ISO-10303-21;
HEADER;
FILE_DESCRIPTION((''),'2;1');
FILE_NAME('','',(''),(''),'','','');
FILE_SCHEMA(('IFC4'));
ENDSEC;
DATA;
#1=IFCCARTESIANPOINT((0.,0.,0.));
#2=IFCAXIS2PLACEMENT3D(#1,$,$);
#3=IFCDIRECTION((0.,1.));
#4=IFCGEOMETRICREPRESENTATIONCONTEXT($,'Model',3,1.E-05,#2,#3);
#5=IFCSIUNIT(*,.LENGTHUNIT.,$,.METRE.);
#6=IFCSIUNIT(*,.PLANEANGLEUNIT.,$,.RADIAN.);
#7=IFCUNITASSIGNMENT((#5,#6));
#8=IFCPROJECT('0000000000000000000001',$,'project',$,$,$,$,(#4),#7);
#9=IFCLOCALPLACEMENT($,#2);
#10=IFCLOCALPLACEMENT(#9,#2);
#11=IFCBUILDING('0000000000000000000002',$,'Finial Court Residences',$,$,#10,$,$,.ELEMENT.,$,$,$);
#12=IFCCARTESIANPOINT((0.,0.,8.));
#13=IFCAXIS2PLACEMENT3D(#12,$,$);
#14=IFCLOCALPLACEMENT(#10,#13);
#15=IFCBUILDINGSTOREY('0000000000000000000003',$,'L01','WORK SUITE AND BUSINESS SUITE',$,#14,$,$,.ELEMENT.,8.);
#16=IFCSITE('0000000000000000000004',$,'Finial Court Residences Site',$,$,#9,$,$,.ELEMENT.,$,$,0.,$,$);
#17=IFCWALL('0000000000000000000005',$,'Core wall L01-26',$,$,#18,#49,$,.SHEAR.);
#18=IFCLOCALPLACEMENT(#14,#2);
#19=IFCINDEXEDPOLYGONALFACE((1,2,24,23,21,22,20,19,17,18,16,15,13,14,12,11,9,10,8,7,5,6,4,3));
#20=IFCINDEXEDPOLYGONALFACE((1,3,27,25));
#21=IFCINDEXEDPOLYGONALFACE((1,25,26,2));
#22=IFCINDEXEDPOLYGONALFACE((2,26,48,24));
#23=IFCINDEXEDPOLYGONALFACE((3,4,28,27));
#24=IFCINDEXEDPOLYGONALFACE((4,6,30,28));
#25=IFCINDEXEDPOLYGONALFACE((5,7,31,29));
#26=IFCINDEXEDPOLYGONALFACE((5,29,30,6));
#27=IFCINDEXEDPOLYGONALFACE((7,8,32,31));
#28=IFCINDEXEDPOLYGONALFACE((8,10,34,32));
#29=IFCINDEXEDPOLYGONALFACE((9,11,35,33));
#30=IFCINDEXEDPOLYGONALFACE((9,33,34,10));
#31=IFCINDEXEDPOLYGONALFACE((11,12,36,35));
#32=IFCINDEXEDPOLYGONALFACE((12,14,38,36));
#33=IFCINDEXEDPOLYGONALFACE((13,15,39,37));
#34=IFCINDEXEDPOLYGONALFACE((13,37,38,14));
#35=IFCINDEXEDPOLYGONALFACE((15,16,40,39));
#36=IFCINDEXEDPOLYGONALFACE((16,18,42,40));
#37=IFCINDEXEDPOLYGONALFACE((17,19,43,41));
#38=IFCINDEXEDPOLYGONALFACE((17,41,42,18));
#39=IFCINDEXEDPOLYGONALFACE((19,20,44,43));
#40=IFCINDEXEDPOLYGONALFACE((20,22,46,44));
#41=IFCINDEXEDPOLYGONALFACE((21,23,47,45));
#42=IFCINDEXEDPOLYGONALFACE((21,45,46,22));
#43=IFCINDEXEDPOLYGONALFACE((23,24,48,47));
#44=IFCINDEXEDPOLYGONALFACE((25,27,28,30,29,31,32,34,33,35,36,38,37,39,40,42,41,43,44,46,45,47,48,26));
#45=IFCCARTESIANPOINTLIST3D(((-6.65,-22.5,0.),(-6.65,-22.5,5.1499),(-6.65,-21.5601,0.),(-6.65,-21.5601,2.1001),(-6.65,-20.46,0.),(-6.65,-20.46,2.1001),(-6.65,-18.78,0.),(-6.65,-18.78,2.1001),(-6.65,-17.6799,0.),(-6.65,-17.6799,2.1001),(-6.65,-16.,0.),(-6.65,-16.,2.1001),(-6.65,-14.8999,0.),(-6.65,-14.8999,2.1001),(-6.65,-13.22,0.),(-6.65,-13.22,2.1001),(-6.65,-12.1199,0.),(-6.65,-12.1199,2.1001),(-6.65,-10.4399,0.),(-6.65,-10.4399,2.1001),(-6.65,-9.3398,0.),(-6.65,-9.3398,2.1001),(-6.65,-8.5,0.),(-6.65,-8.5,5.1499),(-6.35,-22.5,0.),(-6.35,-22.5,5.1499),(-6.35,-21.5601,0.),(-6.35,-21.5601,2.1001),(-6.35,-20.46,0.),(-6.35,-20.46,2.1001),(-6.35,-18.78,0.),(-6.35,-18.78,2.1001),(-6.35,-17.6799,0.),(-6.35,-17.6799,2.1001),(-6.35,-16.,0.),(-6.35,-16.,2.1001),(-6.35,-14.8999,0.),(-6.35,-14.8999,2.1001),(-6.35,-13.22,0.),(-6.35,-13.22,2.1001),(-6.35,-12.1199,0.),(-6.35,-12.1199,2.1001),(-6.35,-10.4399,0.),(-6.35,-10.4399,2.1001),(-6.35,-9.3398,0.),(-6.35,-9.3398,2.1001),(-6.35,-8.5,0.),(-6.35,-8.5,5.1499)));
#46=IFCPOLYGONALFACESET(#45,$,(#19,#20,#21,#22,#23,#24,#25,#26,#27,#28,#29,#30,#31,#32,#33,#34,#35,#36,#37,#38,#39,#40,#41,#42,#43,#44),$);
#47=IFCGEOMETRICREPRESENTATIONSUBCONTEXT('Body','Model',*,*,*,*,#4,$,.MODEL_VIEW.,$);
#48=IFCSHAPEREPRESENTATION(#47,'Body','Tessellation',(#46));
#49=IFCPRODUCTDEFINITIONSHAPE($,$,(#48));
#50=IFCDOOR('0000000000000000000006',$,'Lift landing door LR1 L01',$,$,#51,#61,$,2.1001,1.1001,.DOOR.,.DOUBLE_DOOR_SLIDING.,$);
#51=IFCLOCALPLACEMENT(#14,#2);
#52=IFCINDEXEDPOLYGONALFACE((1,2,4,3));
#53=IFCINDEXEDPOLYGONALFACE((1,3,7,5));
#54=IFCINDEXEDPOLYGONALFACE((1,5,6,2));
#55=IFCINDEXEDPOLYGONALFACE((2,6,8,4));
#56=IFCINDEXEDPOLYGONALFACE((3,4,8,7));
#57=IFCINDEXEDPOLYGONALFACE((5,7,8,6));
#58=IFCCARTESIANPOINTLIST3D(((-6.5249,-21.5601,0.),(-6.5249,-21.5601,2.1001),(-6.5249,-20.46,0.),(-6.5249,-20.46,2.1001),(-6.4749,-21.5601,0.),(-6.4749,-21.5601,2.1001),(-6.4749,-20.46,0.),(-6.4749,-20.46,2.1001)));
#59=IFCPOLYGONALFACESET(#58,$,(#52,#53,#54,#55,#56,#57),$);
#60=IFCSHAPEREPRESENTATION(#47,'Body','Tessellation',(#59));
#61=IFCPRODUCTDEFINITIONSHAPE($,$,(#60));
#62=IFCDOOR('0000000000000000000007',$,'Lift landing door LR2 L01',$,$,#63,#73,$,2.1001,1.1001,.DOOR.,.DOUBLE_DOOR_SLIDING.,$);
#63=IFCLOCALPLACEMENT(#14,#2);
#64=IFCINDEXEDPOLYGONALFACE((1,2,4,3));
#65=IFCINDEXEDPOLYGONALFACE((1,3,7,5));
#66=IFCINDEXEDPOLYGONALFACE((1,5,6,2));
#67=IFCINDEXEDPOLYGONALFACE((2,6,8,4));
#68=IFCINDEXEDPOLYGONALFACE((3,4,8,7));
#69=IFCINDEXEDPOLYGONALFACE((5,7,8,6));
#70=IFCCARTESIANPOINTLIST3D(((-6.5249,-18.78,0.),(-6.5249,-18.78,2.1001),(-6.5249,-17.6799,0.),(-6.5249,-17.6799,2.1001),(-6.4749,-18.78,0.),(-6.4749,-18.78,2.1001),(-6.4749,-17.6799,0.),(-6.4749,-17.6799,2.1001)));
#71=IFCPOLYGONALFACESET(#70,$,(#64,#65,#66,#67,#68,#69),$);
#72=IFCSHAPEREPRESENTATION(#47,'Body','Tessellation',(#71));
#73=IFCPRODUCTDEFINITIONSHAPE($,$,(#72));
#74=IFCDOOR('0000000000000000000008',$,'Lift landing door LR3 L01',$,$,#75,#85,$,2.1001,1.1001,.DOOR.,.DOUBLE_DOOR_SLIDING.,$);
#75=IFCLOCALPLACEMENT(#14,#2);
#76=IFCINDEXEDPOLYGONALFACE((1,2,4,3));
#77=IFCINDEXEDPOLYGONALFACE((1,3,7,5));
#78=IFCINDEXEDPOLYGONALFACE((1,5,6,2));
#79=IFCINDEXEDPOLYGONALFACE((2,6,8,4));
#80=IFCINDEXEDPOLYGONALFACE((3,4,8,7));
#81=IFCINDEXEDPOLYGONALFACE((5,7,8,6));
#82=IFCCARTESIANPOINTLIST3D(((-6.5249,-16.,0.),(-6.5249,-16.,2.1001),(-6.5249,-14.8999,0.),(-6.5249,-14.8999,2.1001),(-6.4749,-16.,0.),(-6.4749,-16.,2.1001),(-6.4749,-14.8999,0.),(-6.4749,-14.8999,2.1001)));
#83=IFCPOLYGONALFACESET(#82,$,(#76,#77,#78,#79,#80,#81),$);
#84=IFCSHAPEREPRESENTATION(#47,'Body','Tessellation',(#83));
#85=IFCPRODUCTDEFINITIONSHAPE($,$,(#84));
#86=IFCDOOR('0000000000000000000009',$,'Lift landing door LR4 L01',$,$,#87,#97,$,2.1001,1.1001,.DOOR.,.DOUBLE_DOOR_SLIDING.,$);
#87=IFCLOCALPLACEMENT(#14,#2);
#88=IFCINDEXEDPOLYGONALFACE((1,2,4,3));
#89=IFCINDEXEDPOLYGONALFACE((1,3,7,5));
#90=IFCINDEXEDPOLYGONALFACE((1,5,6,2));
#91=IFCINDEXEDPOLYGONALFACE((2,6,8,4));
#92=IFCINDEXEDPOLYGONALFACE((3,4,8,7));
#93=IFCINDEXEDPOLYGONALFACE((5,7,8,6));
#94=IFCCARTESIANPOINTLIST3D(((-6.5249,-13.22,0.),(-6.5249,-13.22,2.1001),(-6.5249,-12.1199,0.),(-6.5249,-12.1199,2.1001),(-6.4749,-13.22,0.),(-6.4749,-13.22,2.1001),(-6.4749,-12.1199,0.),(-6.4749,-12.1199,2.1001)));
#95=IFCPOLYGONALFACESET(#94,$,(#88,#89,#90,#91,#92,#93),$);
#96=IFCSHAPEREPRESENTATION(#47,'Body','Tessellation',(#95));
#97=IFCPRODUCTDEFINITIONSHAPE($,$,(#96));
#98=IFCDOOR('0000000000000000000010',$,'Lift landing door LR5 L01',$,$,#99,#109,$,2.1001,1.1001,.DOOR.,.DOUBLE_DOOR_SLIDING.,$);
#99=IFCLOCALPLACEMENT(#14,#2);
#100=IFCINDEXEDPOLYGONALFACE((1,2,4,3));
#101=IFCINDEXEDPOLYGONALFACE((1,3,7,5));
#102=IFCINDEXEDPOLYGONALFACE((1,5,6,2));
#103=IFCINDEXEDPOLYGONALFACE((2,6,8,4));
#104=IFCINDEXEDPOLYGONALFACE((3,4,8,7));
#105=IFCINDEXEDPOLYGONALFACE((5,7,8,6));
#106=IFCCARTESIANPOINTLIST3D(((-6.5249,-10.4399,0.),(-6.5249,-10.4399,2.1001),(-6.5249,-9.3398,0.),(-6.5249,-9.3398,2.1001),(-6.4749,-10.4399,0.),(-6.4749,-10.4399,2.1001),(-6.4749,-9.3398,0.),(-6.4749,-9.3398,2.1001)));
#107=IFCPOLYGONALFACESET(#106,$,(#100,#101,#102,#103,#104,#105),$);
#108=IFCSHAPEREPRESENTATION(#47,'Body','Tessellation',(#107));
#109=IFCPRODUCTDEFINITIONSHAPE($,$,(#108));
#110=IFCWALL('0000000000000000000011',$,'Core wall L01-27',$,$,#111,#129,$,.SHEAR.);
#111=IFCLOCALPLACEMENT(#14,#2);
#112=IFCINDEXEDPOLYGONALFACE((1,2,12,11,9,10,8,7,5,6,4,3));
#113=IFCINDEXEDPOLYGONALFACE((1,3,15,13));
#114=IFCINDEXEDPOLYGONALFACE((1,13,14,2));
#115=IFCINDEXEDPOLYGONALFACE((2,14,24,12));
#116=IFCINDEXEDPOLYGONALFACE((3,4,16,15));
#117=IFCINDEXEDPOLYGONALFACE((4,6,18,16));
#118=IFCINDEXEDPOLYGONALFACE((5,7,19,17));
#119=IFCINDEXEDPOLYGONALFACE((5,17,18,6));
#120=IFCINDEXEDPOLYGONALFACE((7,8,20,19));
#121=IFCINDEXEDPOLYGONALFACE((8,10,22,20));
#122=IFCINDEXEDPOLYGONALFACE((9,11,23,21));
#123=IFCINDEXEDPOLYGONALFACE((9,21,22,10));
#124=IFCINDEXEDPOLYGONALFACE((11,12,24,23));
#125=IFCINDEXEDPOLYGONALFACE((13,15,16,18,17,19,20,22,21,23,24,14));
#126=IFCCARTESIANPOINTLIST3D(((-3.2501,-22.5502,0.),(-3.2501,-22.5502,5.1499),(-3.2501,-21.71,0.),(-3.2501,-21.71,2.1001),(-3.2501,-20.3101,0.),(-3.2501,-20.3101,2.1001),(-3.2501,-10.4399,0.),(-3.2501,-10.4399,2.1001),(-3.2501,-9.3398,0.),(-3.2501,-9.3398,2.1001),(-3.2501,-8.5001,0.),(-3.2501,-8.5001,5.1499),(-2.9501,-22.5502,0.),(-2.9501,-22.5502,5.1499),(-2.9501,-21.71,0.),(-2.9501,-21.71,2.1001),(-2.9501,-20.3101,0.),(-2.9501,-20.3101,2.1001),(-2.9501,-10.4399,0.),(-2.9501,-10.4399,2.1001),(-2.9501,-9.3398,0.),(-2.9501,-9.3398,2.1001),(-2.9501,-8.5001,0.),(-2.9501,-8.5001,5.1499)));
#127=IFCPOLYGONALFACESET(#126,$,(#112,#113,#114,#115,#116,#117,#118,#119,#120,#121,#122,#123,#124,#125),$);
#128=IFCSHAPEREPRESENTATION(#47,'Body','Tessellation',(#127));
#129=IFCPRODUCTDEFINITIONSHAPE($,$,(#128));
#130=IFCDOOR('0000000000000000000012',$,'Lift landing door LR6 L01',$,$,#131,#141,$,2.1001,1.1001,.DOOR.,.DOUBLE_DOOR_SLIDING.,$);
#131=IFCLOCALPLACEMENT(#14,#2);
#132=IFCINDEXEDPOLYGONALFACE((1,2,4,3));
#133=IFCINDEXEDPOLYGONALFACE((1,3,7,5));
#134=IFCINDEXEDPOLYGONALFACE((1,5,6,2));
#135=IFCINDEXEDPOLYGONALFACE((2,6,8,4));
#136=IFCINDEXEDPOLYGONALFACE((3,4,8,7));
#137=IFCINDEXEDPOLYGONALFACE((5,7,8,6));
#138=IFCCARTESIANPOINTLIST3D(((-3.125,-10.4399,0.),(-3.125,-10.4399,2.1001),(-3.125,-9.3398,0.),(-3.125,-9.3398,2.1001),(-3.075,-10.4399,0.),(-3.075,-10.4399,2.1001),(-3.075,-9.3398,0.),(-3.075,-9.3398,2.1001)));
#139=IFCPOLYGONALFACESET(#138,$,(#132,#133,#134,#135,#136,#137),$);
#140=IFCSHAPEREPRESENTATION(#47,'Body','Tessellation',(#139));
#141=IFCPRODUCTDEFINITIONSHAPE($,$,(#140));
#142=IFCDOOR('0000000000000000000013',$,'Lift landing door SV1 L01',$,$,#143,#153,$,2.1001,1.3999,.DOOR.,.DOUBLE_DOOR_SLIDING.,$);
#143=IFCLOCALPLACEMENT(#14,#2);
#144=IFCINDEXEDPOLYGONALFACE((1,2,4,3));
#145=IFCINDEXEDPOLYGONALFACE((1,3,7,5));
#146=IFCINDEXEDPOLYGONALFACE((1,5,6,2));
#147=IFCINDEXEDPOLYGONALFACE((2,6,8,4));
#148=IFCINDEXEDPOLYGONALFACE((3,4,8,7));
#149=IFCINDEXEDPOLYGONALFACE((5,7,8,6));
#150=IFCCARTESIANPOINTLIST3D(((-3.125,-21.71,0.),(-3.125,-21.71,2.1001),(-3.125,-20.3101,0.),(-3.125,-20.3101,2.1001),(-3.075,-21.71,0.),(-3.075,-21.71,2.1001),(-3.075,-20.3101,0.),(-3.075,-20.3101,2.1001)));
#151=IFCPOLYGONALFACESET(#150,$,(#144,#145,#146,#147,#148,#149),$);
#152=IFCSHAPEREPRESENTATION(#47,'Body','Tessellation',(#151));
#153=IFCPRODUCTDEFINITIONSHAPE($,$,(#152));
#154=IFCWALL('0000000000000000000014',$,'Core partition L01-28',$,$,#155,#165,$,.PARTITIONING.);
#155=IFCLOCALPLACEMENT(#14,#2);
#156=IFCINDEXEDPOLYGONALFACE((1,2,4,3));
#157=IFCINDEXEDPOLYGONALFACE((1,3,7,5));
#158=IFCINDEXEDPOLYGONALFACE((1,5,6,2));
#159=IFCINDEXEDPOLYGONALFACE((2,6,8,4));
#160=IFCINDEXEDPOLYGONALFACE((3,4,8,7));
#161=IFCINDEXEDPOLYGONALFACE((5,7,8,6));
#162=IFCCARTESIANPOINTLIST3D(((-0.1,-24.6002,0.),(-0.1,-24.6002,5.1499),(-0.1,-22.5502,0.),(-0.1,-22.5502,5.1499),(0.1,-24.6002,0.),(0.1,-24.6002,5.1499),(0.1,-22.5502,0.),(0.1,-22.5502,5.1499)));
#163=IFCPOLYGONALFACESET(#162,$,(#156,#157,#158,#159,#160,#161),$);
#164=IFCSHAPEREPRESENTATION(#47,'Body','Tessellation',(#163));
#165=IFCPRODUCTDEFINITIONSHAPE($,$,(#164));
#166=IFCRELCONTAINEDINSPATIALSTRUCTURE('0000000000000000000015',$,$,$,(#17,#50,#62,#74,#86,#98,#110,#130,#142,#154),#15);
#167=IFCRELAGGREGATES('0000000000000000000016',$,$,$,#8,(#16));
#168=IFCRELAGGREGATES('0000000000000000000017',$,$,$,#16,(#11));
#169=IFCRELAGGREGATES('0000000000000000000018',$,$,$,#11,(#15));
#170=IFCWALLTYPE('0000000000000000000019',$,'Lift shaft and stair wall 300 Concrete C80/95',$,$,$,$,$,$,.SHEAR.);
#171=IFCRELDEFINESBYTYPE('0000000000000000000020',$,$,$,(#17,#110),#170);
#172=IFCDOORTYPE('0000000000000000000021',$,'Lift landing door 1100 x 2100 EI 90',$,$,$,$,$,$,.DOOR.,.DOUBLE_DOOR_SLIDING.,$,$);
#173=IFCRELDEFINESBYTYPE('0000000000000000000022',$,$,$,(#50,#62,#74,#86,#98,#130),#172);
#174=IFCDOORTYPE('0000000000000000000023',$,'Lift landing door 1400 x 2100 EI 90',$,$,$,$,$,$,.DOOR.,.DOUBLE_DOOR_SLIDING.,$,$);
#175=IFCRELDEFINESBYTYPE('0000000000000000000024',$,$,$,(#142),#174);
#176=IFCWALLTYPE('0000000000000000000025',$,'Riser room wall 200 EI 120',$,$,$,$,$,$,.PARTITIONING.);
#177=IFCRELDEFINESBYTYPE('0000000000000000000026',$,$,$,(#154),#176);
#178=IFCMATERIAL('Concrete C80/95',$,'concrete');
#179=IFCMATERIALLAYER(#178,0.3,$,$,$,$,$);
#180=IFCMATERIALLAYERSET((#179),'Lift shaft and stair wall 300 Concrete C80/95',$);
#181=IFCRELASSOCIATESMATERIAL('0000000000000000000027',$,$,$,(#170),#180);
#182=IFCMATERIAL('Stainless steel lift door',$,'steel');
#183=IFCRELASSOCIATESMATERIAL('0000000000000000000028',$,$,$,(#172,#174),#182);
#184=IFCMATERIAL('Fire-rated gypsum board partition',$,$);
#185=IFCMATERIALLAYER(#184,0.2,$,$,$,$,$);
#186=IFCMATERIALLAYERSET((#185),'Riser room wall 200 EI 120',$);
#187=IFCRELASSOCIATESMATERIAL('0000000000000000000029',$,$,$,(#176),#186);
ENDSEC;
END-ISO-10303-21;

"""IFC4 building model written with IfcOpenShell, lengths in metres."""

from ifc_helpers import new_model, si_unit, direction, frame, frame_2d, origin, place, context, subcontext, project, spatial, rectangle, extrude, material, layer, layer_set, type_object, element, fill, save


model = new_model("IFC4")

# Units and contexts
model_context = context("Model", 3, precision=1e-05, world=origin(), true_north=direction((0.0, 1.0)))
body_context = subcontext(model_context, "Body", "Model", "MODEL_VIEW")
ifc_project = project(units=[si_unit("LENGTHUNIT", "METRE"), si_unit("PLANEANGLEUNIT", "RADIAN")], contexts=[model_context])

# Site, building, storey
site_placement = place(None, origin())
site = spatial("IfcSite", under=ifc_project, at=site_placement, Name="Finial Court Residences Site", CompositionType="ELEMENT", RefElevation=0.0)
building_placement = place(site_placement, origin())
building = spatial("IfcBuilding", under=site, at=building_placement, Name="Finial Court Residences", CompositionType="ELEMENT")
storey_placement = place(building_placement, frame((0.0, 0.0, 8.0)))
storey = spatial("IfcBuildingStorey", under=building, at=storey_placement, Name="L01", Description="WORK SUITE AND BUSINESS SUITE", CompositionType="ELEMENT", Elevation=8.0)

# Shared definitions
ifc_material_1 = material(Name="Fire-rated gypsum board partition")

# Shared definitions
ifc_material_2 = material(Name="Concrete C80/95", Category="concrete")
ifc_layer_1 = layer(ifc_material_2, 0.3)
ifc_layer_set_1 = layer_set([ifc_layer_1], Name="Lift shaft and stair wall 300 Concrete C80/95")
wall_type_1 = type_object("IfcWallType", Name="Lift shaft and stair wall 300 Concrete C80/95", PredefinedType="SHEAR", material=ifc_layer_set_1)

# Walls, openings, doors
wall_1_placement = place(storey_placement, frame((-6.5, -22.5, 0.0), z_axis=(0.0, 0.0, 1.0), x_axis=(0.0, 1.0, 0.0)))
wall_1 = element("IfcWall", 1, at=wall_1_placement, inside=storey, type_object=wall_type_1, Name="Core wall L01-26", PredefinedType="SHEAR", context=body_context, shape_type="SweptSolid", body=[
    extrude(rectangle(XDim=14.0, YDim=0.3, at=frame_2d((7.0, 0.0))), origin(), (0.0, 0.0, 1.0), 5.1499),
])
opening_1_placement = place(wall_1_placement, frame((0.9399, 0.0, 0.0)))
opening_1 = element("IfcOpeningElement", 2, at=opening_1_placement, cuts=wall_1, PredefinedType="OPENING", context=body_context, shape_type="SweptSolid", body=[
    extrude(rectangle(XDim=1.1001, YDim=2.1001, at=frame_2d((0.55, 1.05))), frame((0.0, 0.1599, 0.0), z_axis=(0.0, -1.0, 0.0), x_axis=(1.0, 0.0, 0.0)), (0.0, 0.0, 1.0), 0.3201),
])
opening_2_placement = place(wall_1_placement, frame((3.72, 0.0, 0.0)))
opening_2 = element("IfcOpeningElement", 3, at=opening_2_placement, cuts=wall_1, PredefinedType="OPENING", context=body_context, shape_type="SweptSolid", body=[
    extrude(rectangle(XDim=1.1001, YDim=2.1001, at=frame_2d((0.55, 1.05))), frame((0.0, 0.1599, 0.0), z_axis=(0.0, -1.0, 0.0), x_axis=(1.0, 0.0, 0.0)), (0.0, 0.0, 1.0), 0.3201),
])
opening_3_placement = place(wall_1_placement, frame((6.5, 0.0, 0.0)))
opening_3 = element("IfcOpeningElement", 4, at=opening_3_placement, cuts=wall_1, PredefinedType="OPENING", context=body_context, shape_type="SweptSolid", body=[
    extrude(rectangle(XDim=1.1001, YDim=2.1001, at=frame_2d((0.55, 1.05))), frame((0.0, 0.1599, 0.0), z_axis=(0.0, -1.0, 0.0), x_axis=(1.0, 0.0, 0.0)), (0.0, 0.0, 1.0), 0.3201),
])
opening_4_placement = place(wall_1_placement, frame((9.28, 0.0, 0.0)))
opening_4 = element("IfcOpeningElement", 5, at=opening_4_placement, cuts=wall_1, PredefinedType="OPENING", context=body_context, shape_type="SweptSolid", body=[
    extrude(rectangle(XDim=1.1001, YDim=2.1001, at=frame_2d((0.55, 1.05))), frame((0.0, 0.1599, 0.0), z_axis=(0.0, -1.0, 0.0), x_axis=(1.0, 0.0, 0.0)), (0.0, 0.0, 1.0), 0.3201),
])
opening_5_placement = place(wall_1_placement, frame((12.0601, 0.0, 0.0)))
opening_5 = element("IfcOpeningElement", 6, at=opening_5_placement, cuts=wall_1, PredefinedType="OPENING", context=body_context, shape_type="SweptSolid", body=[
    extrude(rectangle(XDim=1.1001, YDim=2.1001, at=frame_2d((0.55, 1.05))), frame((0.0, 0.1599, 0.0), z_axis=(0.0, -1.0, 0.0), x_axis=(1.0, 0.0, 0.0)), (0.0, 0.0, 1.0), 0.3201),
])
ifc_material_3 = material(Name="Stainless steel lift door", Category="steel")
door_type_1 = type_object("IfcDoorType", Name="Lift landing door 1100 x 2100 EI 90", OperationType="DOUBLE_DOOR_SLIDING", PredefinedType="DOOR", material=ifc_material_3)
door_1_placement = place(opening_1_placement, origin())
door_1 = element("IfcDoor", 7, at=door_1_placement, inside=storey, type_object=door_type_1, Name="Lift landing door LR1 L01", OperationType="DOUBLE_DOOR_SLIDING", OverallHeight=2.1001, OverallWidth=1.1001, PredefinedType="DOOR", context=body_context, shape_type="SweptSolid", body=[
    extrude(rectangle(XDim=1.1001, YDim=2.1001, at=frame_2d((0.55, 1.05))), frame((0.0, 0.0249, 0.0), z_axis=(0.0, -1.0, 0.0), x_axis=(1.0, 0.0, 0.0)), (0.0, 0.0, 1.0), 0.05),
])
fill(opening_1, door_1)
door_2_placement = place(opening_2_placement, origin())
door_2 = element("IfcDoor", 8, at=door_2_placement, inside=storey, type_object=door_type_1, Name="Lift landing door LR2 L01", OperationType="DOUBLE_DOOR_SLIDING", OverallHeight=2.1001, OverallWidth=1.1001, PredefinedType="DOOR", context=body_context, shape_type="SweptSolid", body=[
    extrude(rectangle(XDim=1.1001, YDim=2.1001, at=frame_2d((0.55, 1.05))), frame((0.0, 0.0249, 0.0), z_axis=(0.0, -1.0, 0.0), x_axis=(1.0, 0.0, 0.0)), (0.0, 0.0, 1.0), 0.05),
])
fill(opening_2, door_2)
door_3_placement = place(opening_3_placement, origin())
door_3 = element("IfcDoor", 9, at=door_3_placement, inside=storey, type_object=door_type_1, Name="Lift landing door LR3 L01", OperationType="DOUBLE_DOOR_SLIDING", OverallHeight=2.1001, OverallWidth=1.1001, PredefinedType="DOOR", context=body_context, shape_type="SweptSolid", body=[
    extrude(rectangle(XDim=1.1001, YDim=2.1001, at=frame_2d((0.55, 1.05))), frame((0.0, 0.0249, 0.0), z_axis=(0.0, -1.0, 0.0), x_axis=(1.0, 0.0, 0.0)), (0.0, 0.0, 1.0), 0.05),
])
fill(opening_3, door_3)
door_4_placement = place(opening_4_placement, origin())
door_4 = element("IfcDoor", 10, at=door_4_placement, inside=storey, type_object=door_type_1, Name="Lift landing door LR4 L01", OperationType="DOUBLE_DOOR_SLIDING", OverallHeight=2.1001, OverallWidth=1.1001, PredefinedType="DOOR", context=body_context, shape_type="SweptSolid", body=[
    extrude(rectangle(XDim=1.1001, YDim=2.1001, at=frame_2d((0.55, 1.05))), frame((0.0, 0.0249, 0.0), z_axis=(0.0, -1.0, 0.0), x_axis=(1.0, 0.0, 0.0)), (0.0, 0.0, 1.0), 0.05),
])
fill(opening_4, door_4)
door_5_placement = place(opening_5_placement, origin())
door_5 = element("IfcDoor", 11, at=door_5_placement, inside=storey, type_object=door_type_1, Name="Lift landing door LR5 L01", OperationType="DOUBLE_DOOR_SLIDING", OverallHeight=2.1001, OverallWidth=1.1001, PredefinedType="DOOR", context=body_context, shape_type="SweptSolid", body=[
    extrude(rectangle(XDim=1.1001, YDim=2.1001, at=frame_2d((0.55, 1.05))), frame((0.0, 0.0249, 0.0), z_axis=(0.0, -1.0, 0.0), x_axis=(1.0, 0.0, 0.0)), (0.0, 0.0, 1.0), 0.05),
])
fill(opening_5, door_5)
wall_2_placement = place(storey_placement, frame((-3.1001, -22.55, 0.0), z_axis=(0.0, 0.0, 1.0), x_axis=(0.0, 1.0, 0.0)))
wall_2 = element("IfcWall", 12, at=wall_2_placement, inside=storey, type_object=wall_type_1, Name="Core wall L01-27", PredefinedType="SHEAR", context=body_context, shape_type="SweptSolid", body=[
    extrude(rectangle(XDim=14.05, YDim=0.3, at=frame_2d((7.0249, 0.0))), origin(), (0.0, 0.0, 1.0), 5.1499),
])
opening_6_placement = place(wall_2_placement, frame((12.1101, 0.0, 0.0)))
opening_6 = element("IfcOpeningElement", 13, at=opening_6_placement, cuts=wall_2, PredefinedType="OPENING", context=body_context, shape_type="SweptSolid", body=[
    extrude(rectangle(XDim=1.1001, YDim=2.1001, at=frame_2d((0.55, 1.05))), frame((0.0, 0.1599, 0.0), z_axis=(0.0, -1.0, 0.0), x_axis=(1.0, 0.0, 0.0)), (0.0, 0.0, 1.0), 0.3201),
])
opening_7_placement = place(wall_2_placement, frame((0.8401, 0.0, 0.0)))
opening_7 = element("IfcOpeningElement", 14, at=opening_7_placement, cuts=wall_2, PredefinedType="OPENING", context=body_context, shape_type="SweptSolid", body=[
    extrude(rectangle(XDim=1.3999, YDim=2.1001, at=frame_2d((0.7, 1.05))), frame((0.0, 0.1599, 0.0), z_axis=(0.0, -1.0, 0.0), x_axis=(1.0, 0.0, 0.0)), (0.0, 0.0, 1.0), 0.3201),
])
door_6_placement = place(opening_6_placement, origin())
door_6 = element("IfcDoor", 15, at=door_6_placement, inside=storey, type_object=door_type_1, Name="Lift landing door LR6 L01", OperationType="DOUBLE_DOOR_SLIDING", OverallHeight=2.1001, OverallWidth=1.1001, PredefinedType="DOOR", context=body_context, shape_type="SweptSolid", body=[
    extrude(rectangle(XDim=1.1001, YDim=2.1001, at=frame_2d((0.55, 1.05))), frame((0.0, 0.0249, 0.0), z_axis=(0.0, -1.0, 0.0), x_axis=(1.0, 0.0, 0.0)), (0.0, 0.0, 1.0), 0.05),
])
fill(opening_6, door_6)
door_type_2 = type_object("IfcDoorType", Name="Lift landing door 1400 x 2100 EI 90", OperationType="DOUBLE_DOOR_SLIDING", PredefinedType="DOOR", material=ifc_material_3)
door_7_placement = place(opening_7_placement, origin())
door_7 = element("IfcDoor", 16, at=door_7_placement, inside=storey, type_object=door_type_2, Name="Lift landing door SV1 L01", OperationType="DOUBLE_DOOR_SLIDING", OverallHeight=2.1001, OverallWidth=1.3999, PredefinedType="DOOR", context=body_context, shape_type="SweptSolid", body=[
    extrude(rectangle(XDim=1.3999, YDim=2.1001, at=frame_2d((0.7, 1.05))), frame((0.0, 0.0249, 0.0), z_axis=(0.0, -1.0, 0.0), x_axis=(1.0, 0.0, 0.0)), (0.0, 0.0, 1.0), 0.05),
])
fill(opening_7, door_7)

# Wall
ifc_layer_2 = layer(ifc_material_1, 0.2)
ifc_layer_set_2 = layer_set([ifc_layer_2], Name="Riser room wall 200 EI 120")
wall_type_2 = type_object("IfcWallType", Name="Riser room wall 200 EI 120", PredefinedType="PARTITIONING", material=ifc_layer_set_2)
wall_3_placement = place(storey_placement, frame((0.0, -24.6001, 0.0), z_axis=(0.0, 0.0, 1.0), x_axis=(0.0, 1.0, 0.0)))
element("IfcWall", 17, at=wall_3_placement, inside=storey, type_object=wall_type_2, Name="Core partition L01-28", PredefinedType="PARTITIONING", context=body_context, shape_type="SweptSolid", body=[
    extrude(rectangle(XDim=2.05, YDim=0.2, at=frame_2d((1.0249, 0.0))), origin(), (0.0, 0.0, 1.0), 5.1499),
])

save(model, "model.ifc")
